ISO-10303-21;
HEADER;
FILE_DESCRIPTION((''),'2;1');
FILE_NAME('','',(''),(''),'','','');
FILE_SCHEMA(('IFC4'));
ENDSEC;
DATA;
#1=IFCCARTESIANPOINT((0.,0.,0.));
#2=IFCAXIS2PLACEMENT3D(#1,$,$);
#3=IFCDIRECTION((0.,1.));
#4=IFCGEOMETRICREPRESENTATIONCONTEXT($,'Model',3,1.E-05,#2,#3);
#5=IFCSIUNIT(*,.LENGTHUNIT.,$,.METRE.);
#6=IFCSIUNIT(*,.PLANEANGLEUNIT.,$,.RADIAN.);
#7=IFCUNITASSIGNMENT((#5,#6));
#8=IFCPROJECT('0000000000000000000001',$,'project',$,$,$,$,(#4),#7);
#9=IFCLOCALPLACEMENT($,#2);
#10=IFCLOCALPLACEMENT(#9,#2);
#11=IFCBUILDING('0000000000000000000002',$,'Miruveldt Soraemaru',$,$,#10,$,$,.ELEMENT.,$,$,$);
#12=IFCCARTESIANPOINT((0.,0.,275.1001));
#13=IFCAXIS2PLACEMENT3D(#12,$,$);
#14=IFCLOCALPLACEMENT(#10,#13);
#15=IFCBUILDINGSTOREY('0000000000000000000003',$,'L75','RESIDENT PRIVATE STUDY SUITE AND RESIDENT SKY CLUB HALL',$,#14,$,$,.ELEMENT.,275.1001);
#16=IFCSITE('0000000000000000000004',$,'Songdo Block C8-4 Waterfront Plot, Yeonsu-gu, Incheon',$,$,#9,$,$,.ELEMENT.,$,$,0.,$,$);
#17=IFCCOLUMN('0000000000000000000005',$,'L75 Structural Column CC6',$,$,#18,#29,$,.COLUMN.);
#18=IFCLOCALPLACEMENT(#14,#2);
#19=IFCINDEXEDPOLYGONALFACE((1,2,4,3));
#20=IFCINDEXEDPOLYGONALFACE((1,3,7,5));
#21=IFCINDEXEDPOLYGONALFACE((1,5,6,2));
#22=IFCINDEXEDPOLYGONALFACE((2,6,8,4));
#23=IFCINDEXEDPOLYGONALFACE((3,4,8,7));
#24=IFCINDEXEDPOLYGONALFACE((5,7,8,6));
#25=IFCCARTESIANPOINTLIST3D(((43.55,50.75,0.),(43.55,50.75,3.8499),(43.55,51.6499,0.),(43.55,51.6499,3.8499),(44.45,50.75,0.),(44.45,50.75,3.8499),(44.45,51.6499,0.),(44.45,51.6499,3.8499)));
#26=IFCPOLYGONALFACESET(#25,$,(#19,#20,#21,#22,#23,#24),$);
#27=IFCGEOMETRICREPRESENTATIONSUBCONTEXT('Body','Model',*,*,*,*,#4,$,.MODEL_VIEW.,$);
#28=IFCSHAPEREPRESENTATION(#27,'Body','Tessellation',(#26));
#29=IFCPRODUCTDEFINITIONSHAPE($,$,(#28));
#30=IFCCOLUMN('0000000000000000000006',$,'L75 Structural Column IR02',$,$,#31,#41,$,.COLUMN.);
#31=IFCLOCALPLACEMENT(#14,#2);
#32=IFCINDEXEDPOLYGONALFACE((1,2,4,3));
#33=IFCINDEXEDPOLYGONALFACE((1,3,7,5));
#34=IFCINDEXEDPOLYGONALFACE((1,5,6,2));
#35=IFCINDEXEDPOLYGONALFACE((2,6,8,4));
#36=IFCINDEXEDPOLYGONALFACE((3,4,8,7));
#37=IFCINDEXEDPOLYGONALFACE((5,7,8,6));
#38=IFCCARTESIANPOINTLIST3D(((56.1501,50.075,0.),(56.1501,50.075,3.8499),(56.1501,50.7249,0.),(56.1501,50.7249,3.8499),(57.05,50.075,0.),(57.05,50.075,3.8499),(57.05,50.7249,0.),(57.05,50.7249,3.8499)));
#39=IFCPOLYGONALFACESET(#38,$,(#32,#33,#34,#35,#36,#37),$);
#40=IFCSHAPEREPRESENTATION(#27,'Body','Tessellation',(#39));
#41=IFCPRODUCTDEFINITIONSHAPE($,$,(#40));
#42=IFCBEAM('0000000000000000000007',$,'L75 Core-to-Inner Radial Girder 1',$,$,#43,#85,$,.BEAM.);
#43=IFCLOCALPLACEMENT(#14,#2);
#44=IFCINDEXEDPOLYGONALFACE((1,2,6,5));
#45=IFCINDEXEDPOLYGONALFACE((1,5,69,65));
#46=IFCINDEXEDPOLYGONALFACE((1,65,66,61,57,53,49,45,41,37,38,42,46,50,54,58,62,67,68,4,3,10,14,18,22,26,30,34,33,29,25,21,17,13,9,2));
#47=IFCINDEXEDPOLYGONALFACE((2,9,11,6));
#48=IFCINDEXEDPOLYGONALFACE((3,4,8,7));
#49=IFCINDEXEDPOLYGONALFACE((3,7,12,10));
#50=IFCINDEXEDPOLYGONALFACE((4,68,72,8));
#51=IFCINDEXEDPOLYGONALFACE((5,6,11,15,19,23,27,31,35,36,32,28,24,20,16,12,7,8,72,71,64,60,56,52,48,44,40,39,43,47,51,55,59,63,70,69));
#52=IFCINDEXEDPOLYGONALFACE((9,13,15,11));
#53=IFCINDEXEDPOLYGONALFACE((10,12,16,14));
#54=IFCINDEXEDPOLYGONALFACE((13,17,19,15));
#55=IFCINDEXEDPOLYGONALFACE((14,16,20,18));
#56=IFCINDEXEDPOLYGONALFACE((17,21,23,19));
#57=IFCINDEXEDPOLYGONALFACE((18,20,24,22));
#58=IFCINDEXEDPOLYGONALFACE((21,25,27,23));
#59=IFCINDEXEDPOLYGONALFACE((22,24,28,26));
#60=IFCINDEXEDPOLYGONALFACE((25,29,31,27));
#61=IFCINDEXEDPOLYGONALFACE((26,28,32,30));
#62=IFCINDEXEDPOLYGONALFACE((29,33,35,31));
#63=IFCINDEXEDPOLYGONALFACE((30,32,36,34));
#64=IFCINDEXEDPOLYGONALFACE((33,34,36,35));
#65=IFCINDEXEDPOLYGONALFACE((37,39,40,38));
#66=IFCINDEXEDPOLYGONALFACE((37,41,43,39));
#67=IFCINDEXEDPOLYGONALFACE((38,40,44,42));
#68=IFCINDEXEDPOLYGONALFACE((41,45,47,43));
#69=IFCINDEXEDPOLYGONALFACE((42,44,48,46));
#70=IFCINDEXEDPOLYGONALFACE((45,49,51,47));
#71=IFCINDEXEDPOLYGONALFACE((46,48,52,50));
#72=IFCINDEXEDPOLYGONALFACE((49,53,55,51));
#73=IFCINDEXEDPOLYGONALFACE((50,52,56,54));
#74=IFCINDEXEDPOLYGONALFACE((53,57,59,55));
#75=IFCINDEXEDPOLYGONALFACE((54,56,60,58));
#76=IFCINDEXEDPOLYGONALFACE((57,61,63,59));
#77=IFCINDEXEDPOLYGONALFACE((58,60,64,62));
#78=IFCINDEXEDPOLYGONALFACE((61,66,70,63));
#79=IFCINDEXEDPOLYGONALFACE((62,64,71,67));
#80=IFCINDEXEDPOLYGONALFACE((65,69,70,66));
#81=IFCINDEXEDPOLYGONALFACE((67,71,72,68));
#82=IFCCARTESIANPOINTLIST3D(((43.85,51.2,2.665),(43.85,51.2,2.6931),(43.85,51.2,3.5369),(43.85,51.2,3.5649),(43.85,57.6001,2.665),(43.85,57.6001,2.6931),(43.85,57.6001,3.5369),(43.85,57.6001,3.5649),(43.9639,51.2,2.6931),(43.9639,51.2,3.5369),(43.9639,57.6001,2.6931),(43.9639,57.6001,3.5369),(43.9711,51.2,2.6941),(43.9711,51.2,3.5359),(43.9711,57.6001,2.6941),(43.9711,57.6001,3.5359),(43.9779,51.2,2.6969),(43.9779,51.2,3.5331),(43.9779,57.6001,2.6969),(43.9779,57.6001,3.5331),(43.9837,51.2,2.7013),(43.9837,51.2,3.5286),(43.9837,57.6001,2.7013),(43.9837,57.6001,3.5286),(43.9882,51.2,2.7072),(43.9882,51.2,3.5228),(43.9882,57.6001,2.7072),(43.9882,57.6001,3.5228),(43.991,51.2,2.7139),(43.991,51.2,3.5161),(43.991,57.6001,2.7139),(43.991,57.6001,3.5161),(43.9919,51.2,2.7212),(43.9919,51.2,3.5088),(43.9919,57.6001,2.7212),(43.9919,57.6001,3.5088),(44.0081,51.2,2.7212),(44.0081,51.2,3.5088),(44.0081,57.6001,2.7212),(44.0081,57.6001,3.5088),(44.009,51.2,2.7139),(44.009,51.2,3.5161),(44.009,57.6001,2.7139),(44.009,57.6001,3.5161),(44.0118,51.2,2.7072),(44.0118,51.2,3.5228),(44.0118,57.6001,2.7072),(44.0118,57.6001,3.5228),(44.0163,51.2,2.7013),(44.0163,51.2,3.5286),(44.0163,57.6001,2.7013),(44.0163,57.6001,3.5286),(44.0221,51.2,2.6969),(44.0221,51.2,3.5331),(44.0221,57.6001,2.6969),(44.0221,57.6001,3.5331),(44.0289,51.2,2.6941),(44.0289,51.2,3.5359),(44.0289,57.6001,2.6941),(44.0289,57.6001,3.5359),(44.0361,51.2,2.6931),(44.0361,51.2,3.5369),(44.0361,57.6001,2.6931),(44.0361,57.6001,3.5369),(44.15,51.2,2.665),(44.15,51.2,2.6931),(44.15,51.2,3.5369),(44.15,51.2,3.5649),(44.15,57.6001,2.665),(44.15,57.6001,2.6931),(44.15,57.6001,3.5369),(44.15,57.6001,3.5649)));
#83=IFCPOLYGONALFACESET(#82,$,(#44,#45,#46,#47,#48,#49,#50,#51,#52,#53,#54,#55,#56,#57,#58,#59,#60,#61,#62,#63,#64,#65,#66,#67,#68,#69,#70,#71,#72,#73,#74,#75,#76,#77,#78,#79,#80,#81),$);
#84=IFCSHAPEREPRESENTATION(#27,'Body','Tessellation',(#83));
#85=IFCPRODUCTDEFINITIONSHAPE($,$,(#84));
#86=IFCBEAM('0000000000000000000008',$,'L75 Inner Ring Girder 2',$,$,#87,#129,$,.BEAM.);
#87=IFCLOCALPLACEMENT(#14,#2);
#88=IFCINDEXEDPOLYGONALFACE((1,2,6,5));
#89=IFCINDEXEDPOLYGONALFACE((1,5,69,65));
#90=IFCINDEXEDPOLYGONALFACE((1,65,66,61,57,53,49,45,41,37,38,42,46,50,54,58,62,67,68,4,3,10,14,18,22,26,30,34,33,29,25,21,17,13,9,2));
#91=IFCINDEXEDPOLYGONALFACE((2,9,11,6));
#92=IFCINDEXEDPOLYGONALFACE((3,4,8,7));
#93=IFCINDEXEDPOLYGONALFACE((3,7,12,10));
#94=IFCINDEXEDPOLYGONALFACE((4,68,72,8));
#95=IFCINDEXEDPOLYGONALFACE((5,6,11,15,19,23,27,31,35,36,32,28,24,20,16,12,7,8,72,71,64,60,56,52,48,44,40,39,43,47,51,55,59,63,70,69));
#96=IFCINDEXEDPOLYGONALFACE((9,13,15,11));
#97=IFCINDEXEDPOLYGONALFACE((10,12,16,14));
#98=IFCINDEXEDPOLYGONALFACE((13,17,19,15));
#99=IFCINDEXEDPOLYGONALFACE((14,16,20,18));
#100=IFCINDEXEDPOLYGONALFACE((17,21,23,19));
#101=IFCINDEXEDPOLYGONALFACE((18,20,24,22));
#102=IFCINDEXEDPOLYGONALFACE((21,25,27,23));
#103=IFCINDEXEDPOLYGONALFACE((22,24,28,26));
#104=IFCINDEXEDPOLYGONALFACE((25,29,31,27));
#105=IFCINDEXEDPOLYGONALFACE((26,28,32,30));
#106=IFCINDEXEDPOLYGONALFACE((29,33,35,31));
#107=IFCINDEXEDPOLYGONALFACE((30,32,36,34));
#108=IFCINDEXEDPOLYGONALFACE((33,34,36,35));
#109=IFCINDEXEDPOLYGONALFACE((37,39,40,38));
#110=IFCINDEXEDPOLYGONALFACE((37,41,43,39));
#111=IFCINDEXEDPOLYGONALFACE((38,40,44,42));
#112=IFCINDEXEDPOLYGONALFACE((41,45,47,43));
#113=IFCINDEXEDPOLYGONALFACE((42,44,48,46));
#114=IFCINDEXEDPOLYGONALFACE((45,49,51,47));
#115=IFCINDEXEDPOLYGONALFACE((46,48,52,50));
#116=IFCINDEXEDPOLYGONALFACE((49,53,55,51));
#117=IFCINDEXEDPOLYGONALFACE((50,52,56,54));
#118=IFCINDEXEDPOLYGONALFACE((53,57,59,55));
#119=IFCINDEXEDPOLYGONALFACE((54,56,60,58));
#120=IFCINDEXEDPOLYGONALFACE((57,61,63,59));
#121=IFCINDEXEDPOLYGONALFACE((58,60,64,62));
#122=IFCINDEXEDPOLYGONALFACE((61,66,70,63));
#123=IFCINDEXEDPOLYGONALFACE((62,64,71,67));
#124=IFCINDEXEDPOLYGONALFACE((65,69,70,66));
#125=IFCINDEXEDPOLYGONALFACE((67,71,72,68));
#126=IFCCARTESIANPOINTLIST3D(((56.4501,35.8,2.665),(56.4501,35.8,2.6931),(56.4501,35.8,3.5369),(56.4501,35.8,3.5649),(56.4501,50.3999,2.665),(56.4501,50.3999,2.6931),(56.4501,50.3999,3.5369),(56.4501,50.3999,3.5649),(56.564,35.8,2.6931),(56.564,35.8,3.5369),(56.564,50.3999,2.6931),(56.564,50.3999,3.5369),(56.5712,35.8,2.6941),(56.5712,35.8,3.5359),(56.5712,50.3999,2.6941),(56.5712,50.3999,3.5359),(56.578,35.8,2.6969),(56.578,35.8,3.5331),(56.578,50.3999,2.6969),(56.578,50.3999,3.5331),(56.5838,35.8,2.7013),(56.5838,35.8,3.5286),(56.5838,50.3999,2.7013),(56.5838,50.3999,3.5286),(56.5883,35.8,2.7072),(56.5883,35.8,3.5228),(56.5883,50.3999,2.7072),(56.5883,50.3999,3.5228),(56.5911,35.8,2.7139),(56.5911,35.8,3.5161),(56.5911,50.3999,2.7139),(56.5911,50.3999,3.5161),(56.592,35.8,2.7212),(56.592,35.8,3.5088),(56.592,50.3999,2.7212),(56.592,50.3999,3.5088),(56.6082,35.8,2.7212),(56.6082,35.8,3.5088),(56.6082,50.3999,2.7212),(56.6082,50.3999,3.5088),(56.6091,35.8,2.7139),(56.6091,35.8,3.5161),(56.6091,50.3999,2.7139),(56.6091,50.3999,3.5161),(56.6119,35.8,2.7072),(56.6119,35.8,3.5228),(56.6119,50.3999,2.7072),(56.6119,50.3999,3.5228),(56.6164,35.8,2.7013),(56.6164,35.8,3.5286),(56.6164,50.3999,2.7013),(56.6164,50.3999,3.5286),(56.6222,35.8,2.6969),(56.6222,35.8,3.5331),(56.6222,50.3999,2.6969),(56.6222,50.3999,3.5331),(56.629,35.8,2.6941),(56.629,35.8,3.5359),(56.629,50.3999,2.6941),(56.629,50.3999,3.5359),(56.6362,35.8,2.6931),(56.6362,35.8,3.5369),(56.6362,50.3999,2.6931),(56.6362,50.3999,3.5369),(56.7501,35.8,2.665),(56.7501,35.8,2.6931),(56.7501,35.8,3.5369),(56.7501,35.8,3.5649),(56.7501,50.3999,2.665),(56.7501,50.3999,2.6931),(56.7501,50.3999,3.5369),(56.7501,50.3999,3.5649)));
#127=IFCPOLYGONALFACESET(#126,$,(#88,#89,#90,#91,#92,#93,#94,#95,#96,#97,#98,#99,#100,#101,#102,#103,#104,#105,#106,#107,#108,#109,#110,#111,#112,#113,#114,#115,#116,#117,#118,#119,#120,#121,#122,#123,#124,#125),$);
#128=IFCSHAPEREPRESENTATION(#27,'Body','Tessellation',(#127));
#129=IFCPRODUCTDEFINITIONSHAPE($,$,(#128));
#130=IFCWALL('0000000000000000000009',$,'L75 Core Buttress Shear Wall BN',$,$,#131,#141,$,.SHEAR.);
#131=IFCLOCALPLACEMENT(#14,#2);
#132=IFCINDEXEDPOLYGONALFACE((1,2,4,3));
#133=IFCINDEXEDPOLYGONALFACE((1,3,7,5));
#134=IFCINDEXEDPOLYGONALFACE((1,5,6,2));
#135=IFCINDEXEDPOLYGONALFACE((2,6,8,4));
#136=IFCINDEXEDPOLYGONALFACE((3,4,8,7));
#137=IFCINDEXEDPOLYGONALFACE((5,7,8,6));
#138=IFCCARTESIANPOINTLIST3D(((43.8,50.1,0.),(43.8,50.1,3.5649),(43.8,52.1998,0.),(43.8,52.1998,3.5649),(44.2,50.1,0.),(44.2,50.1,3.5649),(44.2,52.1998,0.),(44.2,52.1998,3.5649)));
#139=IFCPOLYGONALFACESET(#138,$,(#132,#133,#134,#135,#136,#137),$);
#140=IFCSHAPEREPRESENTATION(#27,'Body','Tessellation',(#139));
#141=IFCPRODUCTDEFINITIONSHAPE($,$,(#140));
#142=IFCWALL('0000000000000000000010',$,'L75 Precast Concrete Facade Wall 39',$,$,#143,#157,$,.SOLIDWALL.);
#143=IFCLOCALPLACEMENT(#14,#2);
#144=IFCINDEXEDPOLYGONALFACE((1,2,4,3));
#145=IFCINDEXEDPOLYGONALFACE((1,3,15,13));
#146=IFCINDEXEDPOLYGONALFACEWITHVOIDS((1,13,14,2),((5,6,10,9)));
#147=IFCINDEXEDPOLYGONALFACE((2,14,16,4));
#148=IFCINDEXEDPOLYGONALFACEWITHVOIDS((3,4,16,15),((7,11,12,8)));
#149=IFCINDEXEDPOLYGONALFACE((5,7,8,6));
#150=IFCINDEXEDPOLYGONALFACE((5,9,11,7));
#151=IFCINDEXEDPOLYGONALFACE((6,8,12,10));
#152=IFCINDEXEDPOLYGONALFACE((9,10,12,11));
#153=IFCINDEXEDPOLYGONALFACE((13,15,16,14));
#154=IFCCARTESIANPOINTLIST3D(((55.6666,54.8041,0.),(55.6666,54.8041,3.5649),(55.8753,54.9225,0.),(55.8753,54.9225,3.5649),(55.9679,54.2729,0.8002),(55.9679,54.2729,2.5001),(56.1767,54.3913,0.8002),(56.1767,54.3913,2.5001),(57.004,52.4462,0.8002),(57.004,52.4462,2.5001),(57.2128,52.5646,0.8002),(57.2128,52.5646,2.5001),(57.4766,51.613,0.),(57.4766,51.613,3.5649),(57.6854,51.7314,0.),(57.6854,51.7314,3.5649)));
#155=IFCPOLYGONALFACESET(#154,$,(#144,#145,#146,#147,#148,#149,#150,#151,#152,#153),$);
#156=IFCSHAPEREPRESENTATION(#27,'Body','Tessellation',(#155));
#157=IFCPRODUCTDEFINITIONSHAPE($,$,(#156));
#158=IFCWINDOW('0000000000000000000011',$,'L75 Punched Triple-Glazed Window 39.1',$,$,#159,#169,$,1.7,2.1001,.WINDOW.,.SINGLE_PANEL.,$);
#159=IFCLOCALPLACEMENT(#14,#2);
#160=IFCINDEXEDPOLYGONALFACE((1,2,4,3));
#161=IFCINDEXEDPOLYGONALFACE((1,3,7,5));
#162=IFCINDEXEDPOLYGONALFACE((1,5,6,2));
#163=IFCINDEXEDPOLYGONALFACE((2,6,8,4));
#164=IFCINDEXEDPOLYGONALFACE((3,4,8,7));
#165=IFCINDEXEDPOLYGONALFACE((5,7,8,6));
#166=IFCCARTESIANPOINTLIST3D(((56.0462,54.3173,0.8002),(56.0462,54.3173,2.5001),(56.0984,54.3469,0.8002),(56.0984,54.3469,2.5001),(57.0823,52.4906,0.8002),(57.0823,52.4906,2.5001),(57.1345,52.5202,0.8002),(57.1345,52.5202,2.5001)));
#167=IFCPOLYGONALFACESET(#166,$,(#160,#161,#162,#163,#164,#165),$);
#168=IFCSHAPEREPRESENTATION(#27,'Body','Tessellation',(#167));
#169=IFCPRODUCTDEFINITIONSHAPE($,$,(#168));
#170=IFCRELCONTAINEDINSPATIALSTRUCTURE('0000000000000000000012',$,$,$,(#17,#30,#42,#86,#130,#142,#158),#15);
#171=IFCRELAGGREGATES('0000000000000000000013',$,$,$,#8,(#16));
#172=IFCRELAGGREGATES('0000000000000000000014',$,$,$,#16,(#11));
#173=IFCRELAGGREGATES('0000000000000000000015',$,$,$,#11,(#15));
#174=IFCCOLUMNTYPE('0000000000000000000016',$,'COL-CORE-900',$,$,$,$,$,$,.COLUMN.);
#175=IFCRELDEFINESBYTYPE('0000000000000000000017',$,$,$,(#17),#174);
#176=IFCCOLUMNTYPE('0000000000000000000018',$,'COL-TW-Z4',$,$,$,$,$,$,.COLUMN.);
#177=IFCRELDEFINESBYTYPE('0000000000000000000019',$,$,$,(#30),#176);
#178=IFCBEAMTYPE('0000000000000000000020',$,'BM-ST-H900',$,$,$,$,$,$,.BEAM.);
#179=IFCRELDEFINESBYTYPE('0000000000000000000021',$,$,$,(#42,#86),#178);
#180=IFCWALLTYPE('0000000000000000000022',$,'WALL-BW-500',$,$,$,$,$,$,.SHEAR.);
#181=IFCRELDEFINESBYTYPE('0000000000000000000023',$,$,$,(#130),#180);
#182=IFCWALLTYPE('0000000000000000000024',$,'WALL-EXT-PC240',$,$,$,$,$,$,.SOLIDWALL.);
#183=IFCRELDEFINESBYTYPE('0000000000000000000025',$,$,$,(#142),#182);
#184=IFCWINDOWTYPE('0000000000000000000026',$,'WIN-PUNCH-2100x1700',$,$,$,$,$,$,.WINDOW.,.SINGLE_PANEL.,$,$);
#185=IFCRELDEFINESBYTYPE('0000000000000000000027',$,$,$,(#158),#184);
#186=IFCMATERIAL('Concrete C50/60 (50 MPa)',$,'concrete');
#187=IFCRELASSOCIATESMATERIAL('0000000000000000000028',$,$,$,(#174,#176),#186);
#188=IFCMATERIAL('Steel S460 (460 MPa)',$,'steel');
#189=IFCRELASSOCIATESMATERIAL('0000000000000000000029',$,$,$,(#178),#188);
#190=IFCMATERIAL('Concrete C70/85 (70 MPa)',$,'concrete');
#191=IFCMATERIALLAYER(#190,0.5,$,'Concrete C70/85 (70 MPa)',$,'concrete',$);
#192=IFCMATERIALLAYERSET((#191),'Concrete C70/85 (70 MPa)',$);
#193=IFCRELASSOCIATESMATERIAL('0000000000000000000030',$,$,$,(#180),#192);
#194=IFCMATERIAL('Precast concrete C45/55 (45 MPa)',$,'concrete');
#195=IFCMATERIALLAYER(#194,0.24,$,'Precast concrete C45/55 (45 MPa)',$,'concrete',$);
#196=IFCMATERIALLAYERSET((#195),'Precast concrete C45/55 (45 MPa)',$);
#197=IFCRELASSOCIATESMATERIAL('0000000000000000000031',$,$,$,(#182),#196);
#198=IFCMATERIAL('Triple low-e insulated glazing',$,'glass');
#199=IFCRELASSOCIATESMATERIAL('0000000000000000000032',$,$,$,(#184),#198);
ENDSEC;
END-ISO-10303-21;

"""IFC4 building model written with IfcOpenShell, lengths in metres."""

from ifc_helpers import new_model, si_unit, direction, frame, frame_2d, origin, origin_2d, place, context, subcontext, project, spatial, rectangle, i_section, extrude, material, layer, layer_set, material_profile, profile_set, type_object, element, fill, save


model = new_model("IFC4")

# Units and contexts
model_context = context("Model", 3, precision=1e-05, world=origin(), true_north=direction((0.0, 1.0)))
body_context = subcontext(model_context, "Body", "Model", "MODEL_VIEW")
ifc_project = project(units=[si_unit("LENGTHUNIT", "METRE"), si_unit("PLANEANGLEUNIT", "RADIAN")], contexts=[model_context])

# Site, building, storey
site_placement = place(None, origin())
site = spatial("IfcSite", under=ifc_project, at=site_placement, Name="Songdo Block C8-4 Waterfront Plot, Yeonsu-gu, Incheon", CompositionType="ELEMENT", RefElevation=0.0)
building_placement = place(site_placement, origin())
building = spatial("IfcBuilding", under=site, at=building_placement, Name="Miruveldt Soraemaru", CompositionType="ELEMENT")
storey_placement = place(building_placement, frame((0.0, 0.0, 275.1001)))
storey = spatial("IfcBuildingStorey", under=building, at=storey_placement, Name="L75", Description="RESIDENT PRIVATE STUDY SUITE AND RESIDENT SKY CLUB HALL", CompositionType="ELEMENT", Elevation=275.1001)

# Columns
ifc_material_1 = material(Name="Concrete C50/60 (50 MPa)", Category="concrete")
ifc_material_profile_1 = material_profile(ifc_material_1, rectangle(XDim=0.8999, YDim=0.8999, at=origin_2d()), Name="Concrete C50/60 (50 MPa)", Category="concrete")
ifc_profile_set_1 = profile_set([ifc_material_profile_1], Name="Concrete C50/60 (50 MPa)")
column_type_1 = type_object("IfcColumnType", Name="COL-CORE-900", PredefinedType="COLUMN", material=ifc_profile_set_1)
column_1_placement = place(storey_placement, frame((44.0, 51.2, 0.0), z_axis=(0.0, 0.0, 1.0), x_axis=(1.0, 0.0, 0.0)))
element("IfcColumn", 1, at=column_1_placement, inside=storey, type_object=column_type_1, Name="L75 Structural Column CC6", PredefinedType="COLUMN", context=body_context, shape_type="SweptSolid", body=[
    extrude(rectangle(XDim=0.8999, YDim=0.8999, at=origin_2d()), origin(), (0.0, 0.0, 1.0), 3.8499),
])
ifc_material_profile_2 = material_profile(ifc_material_1, rectangle(XDim=0.8999, YDim=0.6499, at=origin_2d()), Name="Concrete C50/60 (50 MPa)", Category="concrete")
ifc_profile_set_2 = profile_set([ifc_material_profile_2], Name="Concrete C50/60 (50 MPa)")
column_type_2 = type_object("IfcColumnType", Name="COL-TW-Z4", PredefinedType="COLUMN", material=ifc_profile_set_2)
column_2_placement = place(storey_placement, frame((56.6001, 50.3999, 0.0), z_axis=(0.0, 0.0, 1.0), x_axis=(1.0, 0.0, 0.0)))
element("IfcColumn", 2, at=column_2_placement, inside=storey, type_object=column_type_2, Name="L75 Structural Column IR02", PredefinedType="COLUMN", context=body_context, shape_type="SweptSolid", body=[
    extrude(rectangle(XDim=0.8999, YDim=0.6499, at=origin_2d()), origin(), (0.0, 0.0, 1.0), 3.8499),
])

# Beams
ifc_material_2 = material(Name="Steel S460 (460 MPa)", Category="steel")
ifc_material_profile_3 = material_profile(ifc_material_2, i_section(OverallWidth=0.3, OverallDepth=0.8999, WebThickness=0.0161, FlangeThickness=0.0281, FilletRadius=0.0281, at=origin_2d()), Name="Steel S460 (460 MPa)", Category="steel")
ifc_profile_set_3 = profile_set([ifc_material_profile_3], Name="Steel S460 (460 MPa)")
beam_type = type_object("IfcBeamType", Name="BM-ST-H900", PredefinedType="BEAM", material=ifc_profile_set_3)
beam_1_placement = place(storey_placement, frame((44.0, 51.2, 3.115), z_axis=(0.0, 1.0, 0.0), x_axis=(-1.0, 0.0, 0.0)))
element("IfcBeam", 3, at=beam_1_placement, inside=storey, type_object=beam_type, Name="L75 Core-to-Inner Radial Girder 1", PredefinedType="BEAM", context=body_context, shape_type="SweptSolid", body=[
    extrude(i_section(OverallWidth=0.3, OverallDepth=0.8999, WebThickness=0.0161, FlangeThickness=0.0281, FilletRadius=0.0281, at=origin_2d()), origin(), (0.0, 0.0, 1.0), 6.4001),
])
beam_2_placement = place(storey_placement, frame((56.6001, 50.3999, 3.115), z_axis=(0.0, -1.0, 0.0), x_axis=(1.0, 0.0, 0.0)))
element("IfcBeam", 4, at=beam_2_placement, inside=storey, type_object=beam_type, Name="L75 Inner Ring Girder 2", PredefinedType="BEAM", context=body_context, shape_type="SweptSolid", body=[
    extrude(i_section(OverallWidth=0.3, OverallDepth=0.8999, WebThickness=0.0161, FlangeThickness=0.0281, FilletRadius=0.0281, at=origin_2d()), origin(), (0.0, 0.0, 1.0), 14.5999),
])

# Wall
ifc_material_3 = material(Name="Concrete C70/85 (70 MPa)", Category="concrete")
ifc_layer_1 = layer(ifc_material_3, 0.5, Name="Concrete C70/85 (70 MPa)", Category="concrete")
ifc_layer_set_1 = layer_set([ifc_layer_1], Name="Concrete C70/85 (70 MPa)")
wall_type_1 = type_object("IfcWallType", Name="WALL-BW-500", PredefinedType="SHEAR", material=ifc_layer_set_1)
wall_1_placement = place(storey_placement, frame((44.0, 50.1001, 0.0), z_axis=(0.0, 0.0, 1.0), x_axis=(0.0, 1.0, 0.0)))
element("IfcWall", 5, at=wall_1_placement, inside=storey, type_object=wall_type_1, Name="L75 Core Buttress Shear Wall BN", PredefinedType="SHEAR", context=body_context, shape_type="SweptSolid", body=[
    extrude(rectangle(XDim=2.0999, YDim=0.3999, at=frame_2d((1.0498, 0.0))), origin(), (0.0, 0.0, 1.0), 3.5649),
])

# Wall, opening, window
ifc_material_4 = material(Name="Precast concrete C45/55 (45 MPa)", Category="concrete")
ifc_layer_2 = layer(ifc_material_4, 0.24, Name="Precast concrete C45/55 (45 MPa)", Category="concrete")
ifc_layer_set_2 = layer_set([ifc_layer_2], Name="Precast concrete C45/55 (45 MPa)")
wall_type_2 = type_object("IfcWallType", Name="WALL-EXT-PC240", PredefinedType="SOLIDWALL", material=ifc_layer_set_2)
wall_2_placement = place(storey_placement, frame((57.5811, 51.6721, 0.0), z_axis=(0.0, 0.0, 1.0), x_axis=(-0.49337, 0.869819, 0.0)))
wall_2 = element("IfcWall", 6, at=wall_2_placement, inside=storey, type_object=wall_type_2, Name="L75 Precast Concrete Facade Wall 39", PredefinedType="SOLIDWALL", context=body_context, shape_type="SweptSolid", body=[
    extrude(rectangle(XDim=3.6687, YDim=0.24, at=frame_2d((1.8345, 0.0))), origin(), (0.0, 0.0, 1.0), 3.5649),
])
opening_1_placement = place(wall_2_placement, frame((0.958, 0.0, 0.8)))
opening_1 = element("IfcOpeningElement", 7, at=opening_1_placement, cuts=wall_2, PredefinedType="OPENING", context=body_context, shape_type="SweptSolid", body=[
    extrude(rectangle(XDim=2.1001, YDim=1.7, at=frame_2d((1.05, 0.8501))), frame((0.0, 0.1299, 0.0), z_axis=(0.0, -1.0, 0.0), x_axis=(1.0, 0.0, 0.0)), (0.0, 0.0, 1.0), 0.26),
])
ifc_material_5 = material(Name="Triple low-e insulated glazing", Category="glass")
window_type = type_object("IfcWindowType", Name="WIN-PUNCH-2100x1700", PartitioningType="SINGLE_PANEL", PredefinedType="WINDOW", material=ifc_material_5)
window_1_placement = place(opening_1_placement, origin())
window_1 = element("IfcWindow", 8, at=window_1_placement, inside=storey, type_object=window_type, Name="L75 Punched Triple-Glazed Window 39.1", OverallHeight=1.7, OverallWidth=2.1001, PartitioningType="SINGLE_PANEL", PredefinedType="WINDOW", context=body_context, shape_type="SweptSolid", body=[
    extrude(rectangle(XDim=2.1001, YDim=1.7, at=frame_2d((1.05, 0.8501))), frame((0.0, 0.03, 0.0), z_axis=(0.0, -1.0, 0.0), x_axis=(1.0, 0.0, 0.0)), (0.0, 0.0, 1.0), 0.0601),
])
fill(opening_1, window_1)

save(model, "model.ifc")
